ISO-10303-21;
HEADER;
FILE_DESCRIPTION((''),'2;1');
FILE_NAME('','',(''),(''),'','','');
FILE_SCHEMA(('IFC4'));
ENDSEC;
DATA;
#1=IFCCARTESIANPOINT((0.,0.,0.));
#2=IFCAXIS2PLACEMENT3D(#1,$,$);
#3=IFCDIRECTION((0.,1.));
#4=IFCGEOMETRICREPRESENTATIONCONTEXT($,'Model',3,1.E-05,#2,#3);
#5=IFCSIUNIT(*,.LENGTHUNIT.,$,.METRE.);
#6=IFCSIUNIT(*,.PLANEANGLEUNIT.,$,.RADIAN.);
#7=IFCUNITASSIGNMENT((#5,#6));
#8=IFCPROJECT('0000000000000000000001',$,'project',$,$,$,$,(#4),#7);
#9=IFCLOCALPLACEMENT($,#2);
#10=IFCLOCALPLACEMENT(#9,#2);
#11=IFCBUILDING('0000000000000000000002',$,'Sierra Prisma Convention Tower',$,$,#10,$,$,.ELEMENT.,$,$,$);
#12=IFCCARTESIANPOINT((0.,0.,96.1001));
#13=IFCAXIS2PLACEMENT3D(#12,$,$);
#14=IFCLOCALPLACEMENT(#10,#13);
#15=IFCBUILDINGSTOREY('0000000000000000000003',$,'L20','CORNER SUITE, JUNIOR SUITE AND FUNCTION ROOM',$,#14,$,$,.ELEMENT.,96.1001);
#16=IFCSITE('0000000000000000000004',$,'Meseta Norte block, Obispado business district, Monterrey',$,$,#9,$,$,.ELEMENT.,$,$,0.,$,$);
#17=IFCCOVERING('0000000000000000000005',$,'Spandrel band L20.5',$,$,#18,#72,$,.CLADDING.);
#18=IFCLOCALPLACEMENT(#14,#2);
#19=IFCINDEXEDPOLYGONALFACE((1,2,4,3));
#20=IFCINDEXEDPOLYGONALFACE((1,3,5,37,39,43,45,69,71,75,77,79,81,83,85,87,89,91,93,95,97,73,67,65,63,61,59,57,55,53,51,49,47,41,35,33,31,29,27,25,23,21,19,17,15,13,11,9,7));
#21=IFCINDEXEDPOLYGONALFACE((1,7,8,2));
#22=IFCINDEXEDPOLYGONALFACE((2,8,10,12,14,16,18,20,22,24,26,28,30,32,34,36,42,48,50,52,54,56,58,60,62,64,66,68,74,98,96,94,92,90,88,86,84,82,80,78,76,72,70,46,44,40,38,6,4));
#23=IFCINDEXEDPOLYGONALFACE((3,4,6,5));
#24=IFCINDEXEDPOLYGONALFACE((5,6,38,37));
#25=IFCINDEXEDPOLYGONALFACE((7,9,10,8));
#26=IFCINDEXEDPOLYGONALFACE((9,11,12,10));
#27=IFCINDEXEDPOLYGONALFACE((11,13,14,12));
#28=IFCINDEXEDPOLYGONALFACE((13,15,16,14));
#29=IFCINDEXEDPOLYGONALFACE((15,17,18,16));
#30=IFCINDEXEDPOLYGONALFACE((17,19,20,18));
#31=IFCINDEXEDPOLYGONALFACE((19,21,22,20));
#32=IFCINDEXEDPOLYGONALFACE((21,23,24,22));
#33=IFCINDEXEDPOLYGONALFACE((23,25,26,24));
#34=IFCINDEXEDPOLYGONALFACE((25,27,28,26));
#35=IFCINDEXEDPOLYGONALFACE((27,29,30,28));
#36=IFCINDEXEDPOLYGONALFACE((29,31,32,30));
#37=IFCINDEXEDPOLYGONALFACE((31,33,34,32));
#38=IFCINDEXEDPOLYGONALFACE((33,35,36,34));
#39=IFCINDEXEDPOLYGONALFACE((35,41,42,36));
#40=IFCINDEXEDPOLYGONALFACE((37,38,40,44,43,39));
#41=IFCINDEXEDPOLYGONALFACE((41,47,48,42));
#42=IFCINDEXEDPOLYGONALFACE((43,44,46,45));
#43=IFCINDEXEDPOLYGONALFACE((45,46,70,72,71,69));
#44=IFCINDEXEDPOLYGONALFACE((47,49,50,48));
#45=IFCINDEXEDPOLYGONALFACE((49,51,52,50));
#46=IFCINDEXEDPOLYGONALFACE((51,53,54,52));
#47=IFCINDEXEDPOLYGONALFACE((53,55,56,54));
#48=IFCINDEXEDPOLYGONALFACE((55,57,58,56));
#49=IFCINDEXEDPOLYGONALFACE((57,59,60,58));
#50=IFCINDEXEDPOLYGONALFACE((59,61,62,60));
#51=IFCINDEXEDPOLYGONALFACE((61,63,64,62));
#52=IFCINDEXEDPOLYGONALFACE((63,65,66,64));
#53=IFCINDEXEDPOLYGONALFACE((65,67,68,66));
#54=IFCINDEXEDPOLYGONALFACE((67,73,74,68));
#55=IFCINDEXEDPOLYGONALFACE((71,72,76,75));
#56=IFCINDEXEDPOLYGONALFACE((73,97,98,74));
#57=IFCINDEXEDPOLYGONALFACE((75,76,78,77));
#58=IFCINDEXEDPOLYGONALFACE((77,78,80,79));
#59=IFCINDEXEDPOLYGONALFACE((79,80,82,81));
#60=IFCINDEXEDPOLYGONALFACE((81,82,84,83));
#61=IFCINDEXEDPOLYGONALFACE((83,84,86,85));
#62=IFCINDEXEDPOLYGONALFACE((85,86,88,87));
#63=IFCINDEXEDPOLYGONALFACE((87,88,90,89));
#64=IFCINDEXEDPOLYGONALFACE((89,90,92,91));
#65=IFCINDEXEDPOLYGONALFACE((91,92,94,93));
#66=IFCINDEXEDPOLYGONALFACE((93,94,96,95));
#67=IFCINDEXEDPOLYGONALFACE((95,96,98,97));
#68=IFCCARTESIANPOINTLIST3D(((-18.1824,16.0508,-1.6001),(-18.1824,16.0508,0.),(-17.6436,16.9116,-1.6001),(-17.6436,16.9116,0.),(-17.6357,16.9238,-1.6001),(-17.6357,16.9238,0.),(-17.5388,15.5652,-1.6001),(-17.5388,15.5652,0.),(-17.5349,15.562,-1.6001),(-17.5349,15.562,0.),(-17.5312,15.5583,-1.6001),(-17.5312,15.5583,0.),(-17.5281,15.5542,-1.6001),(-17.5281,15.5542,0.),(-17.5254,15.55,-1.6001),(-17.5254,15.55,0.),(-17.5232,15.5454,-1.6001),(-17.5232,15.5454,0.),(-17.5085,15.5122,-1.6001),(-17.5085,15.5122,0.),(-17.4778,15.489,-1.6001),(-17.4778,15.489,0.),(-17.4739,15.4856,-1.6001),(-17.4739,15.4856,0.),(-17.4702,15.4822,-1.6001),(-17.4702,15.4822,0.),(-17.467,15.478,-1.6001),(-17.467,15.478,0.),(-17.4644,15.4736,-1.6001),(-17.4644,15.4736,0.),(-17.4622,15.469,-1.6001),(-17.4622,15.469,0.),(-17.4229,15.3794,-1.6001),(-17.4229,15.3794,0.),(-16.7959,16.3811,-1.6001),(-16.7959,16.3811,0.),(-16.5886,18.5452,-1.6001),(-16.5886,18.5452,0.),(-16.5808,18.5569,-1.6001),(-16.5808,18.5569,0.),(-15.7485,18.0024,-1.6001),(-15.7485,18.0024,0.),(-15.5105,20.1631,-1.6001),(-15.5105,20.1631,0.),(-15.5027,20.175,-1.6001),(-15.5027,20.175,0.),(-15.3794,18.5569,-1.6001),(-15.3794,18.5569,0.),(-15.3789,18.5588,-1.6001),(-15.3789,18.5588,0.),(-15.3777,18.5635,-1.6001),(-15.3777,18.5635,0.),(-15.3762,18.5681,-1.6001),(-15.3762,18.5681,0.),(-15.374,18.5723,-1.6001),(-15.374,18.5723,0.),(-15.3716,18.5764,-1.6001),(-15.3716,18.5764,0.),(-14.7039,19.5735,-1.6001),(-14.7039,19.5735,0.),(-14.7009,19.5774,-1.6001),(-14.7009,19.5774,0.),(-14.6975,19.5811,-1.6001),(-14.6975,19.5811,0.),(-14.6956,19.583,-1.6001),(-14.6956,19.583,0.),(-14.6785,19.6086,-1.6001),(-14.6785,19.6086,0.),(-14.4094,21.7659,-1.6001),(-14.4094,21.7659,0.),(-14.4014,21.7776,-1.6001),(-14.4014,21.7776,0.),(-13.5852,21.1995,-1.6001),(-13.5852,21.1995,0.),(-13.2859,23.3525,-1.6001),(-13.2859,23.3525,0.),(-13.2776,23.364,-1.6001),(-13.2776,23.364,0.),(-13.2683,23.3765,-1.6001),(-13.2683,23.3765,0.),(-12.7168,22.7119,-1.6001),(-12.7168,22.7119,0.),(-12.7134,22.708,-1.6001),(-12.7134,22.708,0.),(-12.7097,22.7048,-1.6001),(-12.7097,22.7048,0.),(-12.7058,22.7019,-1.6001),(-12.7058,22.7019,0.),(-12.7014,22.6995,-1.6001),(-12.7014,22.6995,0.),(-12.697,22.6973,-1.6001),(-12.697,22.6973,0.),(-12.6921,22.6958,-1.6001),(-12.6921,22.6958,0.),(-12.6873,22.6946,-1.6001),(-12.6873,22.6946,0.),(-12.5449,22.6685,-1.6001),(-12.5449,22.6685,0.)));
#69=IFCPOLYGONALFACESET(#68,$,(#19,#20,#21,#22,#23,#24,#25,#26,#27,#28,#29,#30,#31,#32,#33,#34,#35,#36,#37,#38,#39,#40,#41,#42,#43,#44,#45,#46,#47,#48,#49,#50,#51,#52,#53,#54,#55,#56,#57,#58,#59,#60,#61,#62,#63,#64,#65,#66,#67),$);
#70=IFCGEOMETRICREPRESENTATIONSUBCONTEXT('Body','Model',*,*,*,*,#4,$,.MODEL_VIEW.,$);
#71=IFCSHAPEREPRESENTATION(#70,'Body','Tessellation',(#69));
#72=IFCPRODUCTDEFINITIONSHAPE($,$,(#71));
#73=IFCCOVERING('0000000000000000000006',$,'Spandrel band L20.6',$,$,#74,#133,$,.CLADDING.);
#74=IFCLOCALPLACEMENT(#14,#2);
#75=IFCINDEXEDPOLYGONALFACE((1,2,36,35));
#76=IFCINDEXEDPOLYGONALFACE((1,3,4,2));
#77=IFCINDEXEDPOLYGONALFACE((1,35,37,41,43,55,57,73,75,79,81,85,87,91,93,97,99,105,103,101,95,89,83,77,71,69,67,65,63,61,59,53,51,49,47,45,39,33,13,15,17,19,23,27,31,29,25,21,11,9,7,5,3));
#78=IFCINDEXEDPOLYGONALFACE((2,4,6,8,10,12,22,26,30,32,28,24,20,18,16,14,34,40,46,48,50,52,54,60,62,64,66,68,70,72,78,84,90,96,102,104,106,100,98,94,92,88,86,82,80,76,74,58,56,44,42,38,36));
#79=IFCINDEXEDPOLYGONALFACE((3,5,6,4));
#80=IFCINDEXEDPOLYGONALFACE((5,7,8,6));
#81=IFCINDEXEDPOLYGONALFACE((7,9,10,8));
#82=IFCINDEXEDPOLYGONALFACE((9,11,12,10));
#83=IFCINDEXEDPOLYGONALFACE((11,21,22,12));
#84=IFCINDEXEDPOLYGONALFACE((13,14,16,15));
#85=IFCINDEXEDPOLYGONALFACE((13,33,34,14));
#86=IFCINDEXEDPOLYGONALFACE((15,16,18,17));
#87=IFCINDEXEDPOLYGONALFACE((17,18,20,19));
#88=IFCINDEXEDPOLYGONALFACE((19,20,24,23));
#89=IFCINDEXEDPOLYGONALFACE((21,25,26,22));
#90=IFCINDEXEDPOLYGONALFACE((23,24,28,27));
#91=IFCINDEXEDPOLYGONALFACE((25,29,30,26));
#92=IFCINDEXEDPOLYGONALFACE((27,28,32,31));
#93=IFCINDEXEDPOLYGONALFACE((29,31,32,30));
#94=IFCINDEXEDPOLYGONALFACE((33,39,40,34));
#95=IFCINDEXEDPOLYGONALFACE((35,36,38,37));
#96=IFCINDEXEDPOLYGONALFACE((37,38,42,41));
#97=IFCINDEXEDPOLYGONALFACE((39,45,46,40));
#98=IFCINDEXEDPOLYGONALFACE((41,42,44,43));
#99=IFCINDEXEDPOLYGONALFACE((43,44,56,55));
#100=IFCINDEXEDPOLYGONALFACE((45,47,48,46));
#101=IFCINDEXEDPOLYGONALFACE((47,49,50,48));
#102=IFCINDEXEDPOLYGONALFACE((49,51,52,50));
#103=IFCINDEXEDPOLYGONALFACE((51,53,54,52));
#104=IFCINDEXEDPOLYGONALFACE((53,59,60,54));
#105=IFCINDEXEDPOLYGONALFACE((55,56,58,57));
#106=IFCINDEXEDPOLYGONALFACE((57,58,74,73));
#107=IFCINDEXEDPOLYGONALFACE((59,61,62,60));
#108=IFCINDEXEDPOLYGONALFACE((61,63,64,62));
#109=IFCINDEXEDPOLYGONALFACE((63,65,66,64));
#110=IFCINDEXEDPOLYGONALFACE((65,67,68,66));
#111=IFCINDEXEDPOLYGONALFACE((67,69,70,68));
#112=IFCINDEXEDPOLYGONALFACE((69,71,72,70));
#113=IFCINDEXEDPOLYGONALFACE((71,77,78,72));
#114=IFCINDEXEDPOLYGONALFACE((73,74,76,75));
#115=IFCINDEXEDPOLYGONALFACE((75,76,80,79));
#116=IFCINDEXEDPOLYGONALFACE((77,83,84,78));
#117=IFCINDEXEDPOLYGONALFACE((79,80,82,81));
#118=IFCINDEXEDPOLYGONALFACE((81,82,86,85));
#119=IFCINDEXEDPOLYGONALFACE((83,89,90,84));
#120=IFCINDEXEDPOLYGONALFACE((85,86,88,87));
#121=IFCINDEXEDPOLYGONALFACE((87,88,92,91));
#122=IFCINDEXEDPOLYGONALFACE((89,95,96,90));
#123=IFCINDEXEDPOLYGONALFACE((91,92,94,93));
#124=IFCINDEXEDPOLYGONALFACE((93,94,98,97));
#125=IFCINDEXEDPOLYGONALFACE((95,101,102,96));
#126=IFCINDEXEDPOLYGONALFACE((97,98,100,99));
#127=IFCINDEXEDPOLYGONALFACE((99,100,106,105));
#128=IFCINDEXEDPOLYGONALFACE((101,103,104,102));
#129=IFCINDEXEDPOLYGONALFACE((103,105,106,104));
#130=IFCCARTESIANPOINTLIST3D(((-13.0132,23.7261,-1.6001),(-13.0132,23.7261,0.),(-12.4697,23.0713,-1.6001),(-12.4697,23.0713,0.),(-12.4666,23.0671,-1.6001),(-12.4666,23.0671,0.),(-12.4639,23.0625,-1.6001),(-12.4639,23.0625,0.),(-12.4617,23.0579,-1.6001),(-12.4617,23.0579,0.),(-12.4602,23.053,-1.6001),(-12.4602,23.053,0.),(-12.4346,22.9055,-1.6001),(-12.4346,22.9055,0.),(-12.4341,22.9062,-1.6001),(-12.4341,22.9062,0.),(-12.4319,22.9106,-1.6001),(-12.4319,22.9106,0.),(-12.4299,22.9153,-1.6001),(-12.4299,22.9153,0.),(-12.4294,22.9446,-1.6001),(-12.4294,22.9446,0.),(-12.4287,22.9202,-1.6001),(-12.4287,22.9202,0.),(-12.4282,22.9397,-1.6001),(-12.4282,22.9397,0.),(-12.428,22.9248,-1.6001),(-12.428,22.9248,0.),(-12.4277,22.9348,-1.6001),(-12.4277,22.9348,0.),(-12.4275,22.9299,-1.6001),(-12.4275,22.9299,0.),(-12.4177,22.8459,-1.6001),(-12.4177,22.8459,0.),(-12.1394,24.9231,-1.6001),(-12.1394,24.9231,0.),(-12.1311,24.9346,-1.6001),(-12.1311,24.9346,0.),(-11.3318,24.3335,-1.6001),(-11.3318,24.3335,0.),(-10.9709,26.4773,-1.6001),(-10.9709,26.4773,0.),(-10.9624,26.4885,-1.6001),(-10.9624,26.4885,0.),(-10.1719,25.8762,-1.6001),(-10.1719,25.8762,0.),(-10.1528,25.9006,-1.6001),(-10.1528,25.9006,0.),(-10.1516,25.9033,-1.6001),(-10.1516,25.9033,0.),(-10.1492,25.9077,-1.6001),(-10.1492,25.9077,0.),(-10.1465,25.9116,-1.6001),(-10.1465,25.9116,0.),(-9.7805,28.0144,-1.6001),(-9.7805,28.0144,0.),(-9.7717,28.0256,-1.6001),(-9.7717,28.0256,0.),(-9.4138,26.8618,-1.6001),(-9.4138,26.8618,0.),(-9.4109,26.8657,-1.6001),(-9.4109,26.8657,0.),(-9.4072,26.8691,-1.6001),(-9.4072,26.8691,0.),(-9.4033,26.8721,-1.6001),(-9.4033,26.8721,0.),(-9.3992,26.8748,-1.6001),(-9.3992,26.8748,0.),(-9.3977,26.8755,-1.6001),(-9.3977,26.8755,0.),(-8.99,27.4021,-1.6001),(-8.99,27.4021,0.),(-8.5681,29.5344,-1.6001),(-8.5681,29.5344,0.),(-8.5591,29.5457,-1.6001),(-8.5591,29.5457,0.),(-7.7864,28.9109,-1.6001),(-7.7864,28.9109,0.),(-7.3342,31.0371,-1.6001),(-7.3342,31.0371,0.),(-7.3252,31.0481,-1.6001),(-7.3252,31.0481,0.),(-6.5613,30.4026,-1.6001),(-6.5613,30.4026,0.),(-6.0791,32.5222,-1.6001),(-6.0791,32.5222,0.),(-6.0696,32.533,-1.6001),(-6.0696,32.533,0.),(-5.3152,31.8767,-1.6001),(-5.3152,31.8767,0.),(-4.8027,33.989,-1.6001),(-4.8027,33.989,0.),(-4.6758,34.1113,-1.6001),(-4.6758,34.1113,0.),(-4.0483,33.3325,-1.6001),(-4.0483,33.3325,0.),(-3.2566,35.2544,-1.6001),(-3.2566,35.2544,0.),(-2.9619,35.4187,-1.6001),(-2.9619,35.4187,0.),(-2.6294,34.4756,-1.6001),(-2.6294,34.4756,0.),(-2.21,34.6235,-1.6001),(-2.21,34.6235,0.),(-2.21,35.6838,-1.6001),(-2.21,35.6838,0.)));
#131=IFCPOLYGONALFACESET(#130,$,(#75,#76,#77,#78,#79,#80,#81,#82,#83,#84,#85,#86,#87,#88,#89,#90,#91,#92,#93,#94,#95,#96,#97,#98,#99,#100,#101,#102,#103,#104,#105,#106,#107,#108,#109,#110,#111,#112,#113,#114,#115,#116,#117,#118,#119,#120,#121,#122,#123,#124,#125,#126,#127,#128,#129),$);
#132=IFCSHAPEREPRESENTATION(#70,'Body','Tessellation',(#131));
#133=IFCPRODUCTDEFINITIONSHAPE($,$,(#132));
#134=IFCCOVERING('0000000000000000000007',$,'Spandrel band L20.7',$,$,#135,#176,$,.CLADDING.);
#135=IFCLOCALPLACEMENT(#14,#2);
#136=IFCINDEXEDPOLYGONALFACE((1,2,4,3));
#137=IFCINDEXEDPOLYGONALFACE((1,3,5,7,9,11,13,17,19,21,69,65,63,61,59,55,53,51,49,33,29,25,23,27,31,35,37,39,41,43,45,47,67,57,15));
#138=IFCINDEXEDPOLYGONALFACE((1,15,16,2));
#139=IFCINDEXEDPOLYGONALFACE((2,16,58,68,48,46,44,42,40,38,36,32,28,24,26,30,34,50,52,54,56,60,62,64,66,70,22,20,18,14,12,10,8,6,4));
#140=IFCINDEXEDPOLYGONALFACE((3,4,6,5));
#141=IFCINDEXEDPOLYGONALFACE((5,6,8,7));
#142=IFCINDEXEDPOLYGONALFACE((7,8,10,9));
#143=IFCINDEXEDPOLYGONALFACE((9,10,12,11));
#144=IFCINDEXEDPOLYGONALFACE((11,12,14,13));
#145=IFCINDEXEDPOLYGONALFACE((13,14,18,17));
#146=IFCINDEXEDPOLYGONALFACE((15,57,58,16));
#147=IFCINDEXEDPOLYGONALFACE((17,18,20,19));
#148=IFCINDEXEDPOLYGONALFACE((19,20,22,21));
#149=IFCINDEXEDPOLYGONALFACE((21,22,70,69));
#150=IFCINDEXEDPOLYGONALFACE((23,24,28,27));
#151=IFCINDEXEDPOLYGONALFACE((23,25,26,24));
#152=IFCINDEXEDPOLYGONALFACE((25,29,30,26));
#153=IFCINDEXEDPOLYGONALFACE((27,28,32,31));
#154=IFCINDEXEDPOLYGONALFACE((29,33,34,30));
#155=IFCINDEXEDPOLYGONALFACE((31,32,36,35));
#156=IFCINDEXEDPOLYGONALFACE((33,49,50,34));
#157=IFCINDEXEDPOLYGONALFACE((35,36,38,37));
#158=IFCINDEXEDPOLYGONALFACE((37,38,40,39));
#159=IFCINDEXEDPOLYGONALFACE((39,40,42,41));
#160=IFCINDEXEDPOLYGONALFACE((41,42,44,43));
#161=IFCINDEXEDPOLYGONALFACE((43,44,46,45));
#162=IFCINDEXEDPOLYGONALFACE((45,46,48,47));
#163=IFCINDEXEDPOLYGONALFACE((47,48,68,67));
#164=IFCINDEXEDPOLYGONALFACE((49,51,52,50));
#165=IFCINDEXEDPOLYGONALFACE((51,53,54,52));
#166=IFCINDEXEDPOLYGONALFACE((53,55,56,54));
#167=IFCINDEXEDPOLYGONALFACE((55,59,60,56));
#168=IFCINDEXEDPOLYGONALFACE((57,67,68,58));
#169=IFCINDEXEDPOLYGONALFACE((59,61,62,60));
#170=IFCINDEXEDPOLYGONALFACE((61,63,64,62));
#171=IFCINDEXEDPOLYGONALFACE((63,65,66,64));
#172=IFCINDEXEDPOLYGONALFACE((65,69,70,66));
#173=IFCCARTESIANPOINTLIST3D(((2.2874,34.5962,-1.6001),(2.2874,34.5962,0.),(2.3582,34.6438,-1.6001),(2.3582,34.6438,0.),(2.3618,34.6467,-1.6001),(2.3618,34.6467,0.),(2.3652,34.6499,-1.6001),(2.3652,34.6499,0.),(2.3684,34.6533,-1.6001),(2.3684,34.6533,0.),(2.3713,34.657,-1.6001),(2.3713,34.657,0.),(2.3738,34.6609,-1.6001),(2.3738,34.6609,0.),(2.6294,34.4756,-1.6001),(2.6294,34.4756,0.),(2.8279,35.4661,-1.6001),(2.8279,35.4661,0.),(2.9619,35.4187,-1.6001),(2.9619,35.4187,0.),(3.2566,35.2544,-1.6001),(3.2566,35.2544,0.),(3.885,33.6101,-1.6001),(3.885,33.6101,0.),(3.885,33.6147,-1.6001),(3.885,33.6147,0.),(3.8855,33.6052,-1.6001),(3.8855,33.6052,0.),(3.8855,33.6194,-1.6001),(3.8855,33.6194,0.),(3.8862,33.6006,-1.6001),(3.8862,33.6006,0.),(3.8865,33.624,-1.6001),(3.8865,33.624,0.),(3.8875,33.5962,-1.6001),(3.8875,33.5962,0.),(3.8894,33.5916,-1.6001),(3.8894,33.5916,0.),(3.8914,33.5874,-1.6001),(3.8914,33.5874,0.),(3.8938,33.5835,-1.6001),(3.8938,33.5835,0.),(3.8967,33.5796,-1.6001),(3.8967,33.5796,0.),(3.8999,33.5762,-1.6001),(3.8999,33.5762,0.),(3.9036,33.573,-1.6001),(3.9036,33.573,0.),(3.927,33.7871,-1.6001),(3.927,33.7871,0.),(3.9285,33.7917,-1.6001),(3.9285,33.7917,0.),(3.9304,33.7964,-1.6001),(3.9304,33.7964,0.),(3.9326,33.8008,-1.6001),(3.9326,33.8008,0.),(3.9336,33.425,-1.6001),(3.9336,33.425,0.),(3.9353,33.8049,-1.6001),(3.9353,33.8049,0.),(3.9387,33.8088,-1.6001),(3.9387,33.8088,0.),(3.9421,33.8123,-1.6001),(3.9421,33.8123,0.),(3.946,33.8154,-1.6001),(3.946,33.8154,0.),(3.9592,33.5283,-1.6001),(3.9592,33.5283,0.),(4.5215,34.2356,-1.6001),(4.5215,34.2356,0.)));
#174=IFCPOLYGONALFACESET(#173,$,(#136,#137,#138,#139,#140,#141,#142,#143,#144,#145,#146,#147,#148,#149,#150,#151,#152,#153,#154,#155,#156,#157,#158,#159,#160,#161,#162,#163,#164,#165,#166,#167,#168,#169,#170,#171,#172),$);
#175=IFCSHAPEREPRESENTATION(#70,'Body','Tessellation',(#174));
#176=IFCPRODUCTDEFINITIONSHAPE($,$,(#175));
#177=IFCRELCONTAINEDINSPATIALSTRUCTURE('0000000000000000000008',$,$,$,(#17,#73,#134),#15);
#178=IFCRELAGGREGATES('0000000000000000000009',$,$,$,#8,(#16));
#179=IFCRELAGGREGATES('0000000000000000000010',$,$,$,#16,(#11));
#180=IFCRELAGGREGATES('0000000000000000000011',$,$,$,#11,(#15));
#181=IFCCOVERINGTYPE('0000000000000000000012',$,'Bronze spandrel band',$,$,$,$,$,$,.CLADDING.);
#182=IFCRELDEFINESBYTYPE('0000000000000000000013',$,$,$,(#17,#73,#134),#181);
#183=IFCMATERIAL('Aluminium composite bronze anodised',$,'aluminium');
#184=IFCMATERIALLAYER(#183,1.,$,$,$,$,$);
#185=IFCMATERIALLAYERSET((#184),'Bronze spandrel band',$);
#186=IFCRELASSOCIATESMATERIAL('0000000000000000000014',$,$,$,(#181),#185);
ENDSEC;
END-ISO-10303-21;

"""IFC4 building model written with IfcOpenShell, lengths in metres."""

from ifc_helpers import new_model, si_unit, direction, frame, origin, place, context, subcontext, project, spatial, polyline, outline, extrude, material, layer, layer_set, type_object, element, save


model = new_model("IFC4")

# Units and contexts
model_context = context("Model", 3, precision=1e-05, world=origin(), true_north=direction((0.0, 1.0)))
body_context = subcontext(model_context, "Body", "Model", "MODEL_VIEW")
ifc_project = project(units=[si_unit("LENGTHUNIT", "METRE"), si_unit("PLANEANGLEUNIT", "RADIAN")], contexts=[model_context])

# Site, building, storey
site_placement = place(None, origin())
site = spatial("IfcSite", under=ifc_project, at=site_placement, Name="Meseta Norte block, Obispado business district, Monterrey", CompositionType="ELEMENT", RefElevation=0.0)
building_placement = place(site_placement, origin())
building = spatial("IfcBuilding", under=site, at=building_placement, Name="Sierra Prisma Convention Tower", CompositionType="ELEMENT")
storey_placement = place(building_placement, frame((0.0, 0.0, 96.1001)))
storey = spatial("IfcBuildingStorey", under=building, at=storey_placement, Name="L20", Description="CORNER SUITE, JUNIOR SUITE AND FUNCTION ROOM", CompositionType="ELEMENT", Elevation=96.1001)

# Coverings
ifc_material_1 = material(Name="Aluminium composite bronze anodised", Category="aluminium")
ifc_layer_1 = layer(ifc_material_1, 1.0)
ifc_layer_set_1 = layer_set([ifc_layer_1], Name="Bronze spandrel band")
covering_type_1 = type_object("IfcCoveringType", Name="Bronze spandrel band", PredefinedType="CLADDING", material=ifc_layer_set_1)
covering_1_placement = place(storey_placement, frame((0.0, 0.0, -1.6001)))
element("IfcCovering", 1, at=covering_1_placement, inside=storey, type_object=covering_type_1, Name="Spandrel band L20.5", PredefinedType="CLADDING", context=body_context, shape_type="SweptSolid", body=[
    extrude(outline(polyline([(-13.2776, 23.364), (-13.2683, 23.3765), (-12.7168, 22.7119), (-12.7134, 22.708), (-12.7097, 22.7048), (-12.7058, 22.7019), (-12.7014, 22.6995), (-12.697, 22.6973), (-12.6921, 22.6958), (-12.6873, 22.6946), (-12.5449, 22.6685), (-13.5852, 21.1995), (-14.6785, 19.6086), (-14.6956, 19.583), (-14.6975, 19.5811), (-14.7009, 19.5774), (-14.7039, 19.5735), (-15.3716, 18.5764), (-15.374, 18.5723), (-15.3762, 18.5681), (-15.3777, 18.5635), (-15.3789, 18.5588), (-15.3794, 18.5569), (-15.7485, 18.0024), (-16.7959, 16.3811), (-17.4229, 15.3794), (-17.4622, 15.469), (-17.4644, 15.4736), (-17.467, 15.478), (-17.4702, 15.4822), (-17.4739, 15.4856), (-17.4778, 15.489), (-17.5085, 15.5122), (-17.5232, 15.5454), (-17.5254, 15.55), (-17.5281, 15.5542), (-17.5312, 15.5583), (-17.5349, 15.562), (-17.5388, 15.5652), (-18.1824, 16.0508), (-17.6436, 16.9116), (-17.6357, 16.9238), (-16.5886, 18.5452), (-16.5808, 18.5569), (-15.5105, 20.1631), (-15.5027, 20.175), (-14.4094, 21.7659), (-14.4014, 21.7776), (-13.2859, 23.3525), (-13.2776, 23.364)])), origin(), (0.0, 0.0, 1.0), 1.6001),
])
covering_2_placement = place(storey_placement, frame((0.0, 0.0, -1.6001)))
element("IfcCovering", 2, at=covering_2_placement, inside=storey, type_object=covering_type_1, Name="Spandrel band L20.6", PredefinedType="CLADDING", context=body_context, shape_type="SweptSolid", body=[
    extrude(outline(polyline([(-10.9709, 26.4773), (-10.9624, 26.4885), (-9.7805, 28.0144), (-9.7717, 28.0256), (-8.5681, 29.5344), (-8.5591, 29.5457), (-7.3342, 31.0371), (-7.3252, 31.0481), (-6.0791, 32.5222), (-6.0696, 32.533), (-4.8027, 33.989), (-4.6758, 34.1113), (-3.2566, 35.2544), (-2.9619, 35.4187), (-2.21, 35.6838), (-2.21, 34.6235), (-2.6294, 34.4756), (-4.0483, 33.3325), (-5.3152, 31.8767), (-6.5613, 30.4026), (-7.7864, 28.9109), (-8.99, 27.4021), (-9.3977, 26.8755), (-9.3992, 26.8748), (-9.4033, 26.8721), (-9.4072, 26.8691), (-9.4109, 26.8657), (-9.4138, 26.8618), (-10.1465, 25.9116), (-10.1492, 25.9077), (-10.1516, 25.9033), (-10.1528, 25.9006), (-10.1719, 25.8762), (-11.3318, 24.3335), (-12.4177, 22.8459), (-12.4346, 22.9055), (-12.4341, 22.9062), (-12.4319, 22.9106), (-12.4299, 22.9153), (-12.4287, 22.9202), (-12.428, 22.9248), (-12.4275, 22.9299), (-12.4277, 22.9348), (-12.4282, 22.9397), (-12.4294, 22.9446), (-12.4602, 23.053), (-12.4617, 23.0579), (-12.4639, 23.0625), (-12.4666, 23.0671), (-12.4697, 23.0713), (-13.0132, 23.7261), (-12.1394, 24.9231), (-12.1311, 24.9346), (-10.9709, 26.4773)])), origin(), (0.0, 0.0, 1.0), 1.6001),
])
covering_3_placement = place(storey_placement, frame((0.0, 0.0, -1.6001)))
element("IfcCovering", 3, at=covering_3_placement, inside=storey, type_object=covering_type_1, Name="Spandrel band L20.7", PredefinedType="CLADDING", context=body_context, shape_type="SweptSolid", body=[
    extrude(outline(polyline([(3.8914, 33.5874), (3.8938, 33.5835), (3.8967, 33.5796), (3.8999, 33.5762), (3.9036, 33.573), (3.9592, 33.5283), (3.9336, 33.425), (2.6294, 34.4756), (2.2874, 34.5962), (2.3582, 34.6438), (2.3618, 34.6467), (2.3652, 34.6499), (2.3684, 34.6533), (2.3713, 34.657), (2.3738, 34.6609), (2.8279, 35.4661), (2.9619, 35.4187), (3.2566, 35.2544), (4.5215, 34.2356), (3.946, 33.8154), (3.9421, 33.8123), (3.9387, 33.8088), (3.9353, 33.8049), (3.9326, 33.8008), (3.9304, 33.7964), (3.9285, 33.7917), (3.927, 33.7871), (3.8865, 33.624), (3.8855, 33.6194), (3.885, 33.6147), (3.885, 33.6101), (3.8855, 33.6052), (3.8862, 33.6006), (3.8875, 33.5962), (3.8894, 33.5916), (3.8914, 33.5874)])), origin(), (0.0, 0.0, 1.0), 1.6001),
])

save(model, "model.ifc")
